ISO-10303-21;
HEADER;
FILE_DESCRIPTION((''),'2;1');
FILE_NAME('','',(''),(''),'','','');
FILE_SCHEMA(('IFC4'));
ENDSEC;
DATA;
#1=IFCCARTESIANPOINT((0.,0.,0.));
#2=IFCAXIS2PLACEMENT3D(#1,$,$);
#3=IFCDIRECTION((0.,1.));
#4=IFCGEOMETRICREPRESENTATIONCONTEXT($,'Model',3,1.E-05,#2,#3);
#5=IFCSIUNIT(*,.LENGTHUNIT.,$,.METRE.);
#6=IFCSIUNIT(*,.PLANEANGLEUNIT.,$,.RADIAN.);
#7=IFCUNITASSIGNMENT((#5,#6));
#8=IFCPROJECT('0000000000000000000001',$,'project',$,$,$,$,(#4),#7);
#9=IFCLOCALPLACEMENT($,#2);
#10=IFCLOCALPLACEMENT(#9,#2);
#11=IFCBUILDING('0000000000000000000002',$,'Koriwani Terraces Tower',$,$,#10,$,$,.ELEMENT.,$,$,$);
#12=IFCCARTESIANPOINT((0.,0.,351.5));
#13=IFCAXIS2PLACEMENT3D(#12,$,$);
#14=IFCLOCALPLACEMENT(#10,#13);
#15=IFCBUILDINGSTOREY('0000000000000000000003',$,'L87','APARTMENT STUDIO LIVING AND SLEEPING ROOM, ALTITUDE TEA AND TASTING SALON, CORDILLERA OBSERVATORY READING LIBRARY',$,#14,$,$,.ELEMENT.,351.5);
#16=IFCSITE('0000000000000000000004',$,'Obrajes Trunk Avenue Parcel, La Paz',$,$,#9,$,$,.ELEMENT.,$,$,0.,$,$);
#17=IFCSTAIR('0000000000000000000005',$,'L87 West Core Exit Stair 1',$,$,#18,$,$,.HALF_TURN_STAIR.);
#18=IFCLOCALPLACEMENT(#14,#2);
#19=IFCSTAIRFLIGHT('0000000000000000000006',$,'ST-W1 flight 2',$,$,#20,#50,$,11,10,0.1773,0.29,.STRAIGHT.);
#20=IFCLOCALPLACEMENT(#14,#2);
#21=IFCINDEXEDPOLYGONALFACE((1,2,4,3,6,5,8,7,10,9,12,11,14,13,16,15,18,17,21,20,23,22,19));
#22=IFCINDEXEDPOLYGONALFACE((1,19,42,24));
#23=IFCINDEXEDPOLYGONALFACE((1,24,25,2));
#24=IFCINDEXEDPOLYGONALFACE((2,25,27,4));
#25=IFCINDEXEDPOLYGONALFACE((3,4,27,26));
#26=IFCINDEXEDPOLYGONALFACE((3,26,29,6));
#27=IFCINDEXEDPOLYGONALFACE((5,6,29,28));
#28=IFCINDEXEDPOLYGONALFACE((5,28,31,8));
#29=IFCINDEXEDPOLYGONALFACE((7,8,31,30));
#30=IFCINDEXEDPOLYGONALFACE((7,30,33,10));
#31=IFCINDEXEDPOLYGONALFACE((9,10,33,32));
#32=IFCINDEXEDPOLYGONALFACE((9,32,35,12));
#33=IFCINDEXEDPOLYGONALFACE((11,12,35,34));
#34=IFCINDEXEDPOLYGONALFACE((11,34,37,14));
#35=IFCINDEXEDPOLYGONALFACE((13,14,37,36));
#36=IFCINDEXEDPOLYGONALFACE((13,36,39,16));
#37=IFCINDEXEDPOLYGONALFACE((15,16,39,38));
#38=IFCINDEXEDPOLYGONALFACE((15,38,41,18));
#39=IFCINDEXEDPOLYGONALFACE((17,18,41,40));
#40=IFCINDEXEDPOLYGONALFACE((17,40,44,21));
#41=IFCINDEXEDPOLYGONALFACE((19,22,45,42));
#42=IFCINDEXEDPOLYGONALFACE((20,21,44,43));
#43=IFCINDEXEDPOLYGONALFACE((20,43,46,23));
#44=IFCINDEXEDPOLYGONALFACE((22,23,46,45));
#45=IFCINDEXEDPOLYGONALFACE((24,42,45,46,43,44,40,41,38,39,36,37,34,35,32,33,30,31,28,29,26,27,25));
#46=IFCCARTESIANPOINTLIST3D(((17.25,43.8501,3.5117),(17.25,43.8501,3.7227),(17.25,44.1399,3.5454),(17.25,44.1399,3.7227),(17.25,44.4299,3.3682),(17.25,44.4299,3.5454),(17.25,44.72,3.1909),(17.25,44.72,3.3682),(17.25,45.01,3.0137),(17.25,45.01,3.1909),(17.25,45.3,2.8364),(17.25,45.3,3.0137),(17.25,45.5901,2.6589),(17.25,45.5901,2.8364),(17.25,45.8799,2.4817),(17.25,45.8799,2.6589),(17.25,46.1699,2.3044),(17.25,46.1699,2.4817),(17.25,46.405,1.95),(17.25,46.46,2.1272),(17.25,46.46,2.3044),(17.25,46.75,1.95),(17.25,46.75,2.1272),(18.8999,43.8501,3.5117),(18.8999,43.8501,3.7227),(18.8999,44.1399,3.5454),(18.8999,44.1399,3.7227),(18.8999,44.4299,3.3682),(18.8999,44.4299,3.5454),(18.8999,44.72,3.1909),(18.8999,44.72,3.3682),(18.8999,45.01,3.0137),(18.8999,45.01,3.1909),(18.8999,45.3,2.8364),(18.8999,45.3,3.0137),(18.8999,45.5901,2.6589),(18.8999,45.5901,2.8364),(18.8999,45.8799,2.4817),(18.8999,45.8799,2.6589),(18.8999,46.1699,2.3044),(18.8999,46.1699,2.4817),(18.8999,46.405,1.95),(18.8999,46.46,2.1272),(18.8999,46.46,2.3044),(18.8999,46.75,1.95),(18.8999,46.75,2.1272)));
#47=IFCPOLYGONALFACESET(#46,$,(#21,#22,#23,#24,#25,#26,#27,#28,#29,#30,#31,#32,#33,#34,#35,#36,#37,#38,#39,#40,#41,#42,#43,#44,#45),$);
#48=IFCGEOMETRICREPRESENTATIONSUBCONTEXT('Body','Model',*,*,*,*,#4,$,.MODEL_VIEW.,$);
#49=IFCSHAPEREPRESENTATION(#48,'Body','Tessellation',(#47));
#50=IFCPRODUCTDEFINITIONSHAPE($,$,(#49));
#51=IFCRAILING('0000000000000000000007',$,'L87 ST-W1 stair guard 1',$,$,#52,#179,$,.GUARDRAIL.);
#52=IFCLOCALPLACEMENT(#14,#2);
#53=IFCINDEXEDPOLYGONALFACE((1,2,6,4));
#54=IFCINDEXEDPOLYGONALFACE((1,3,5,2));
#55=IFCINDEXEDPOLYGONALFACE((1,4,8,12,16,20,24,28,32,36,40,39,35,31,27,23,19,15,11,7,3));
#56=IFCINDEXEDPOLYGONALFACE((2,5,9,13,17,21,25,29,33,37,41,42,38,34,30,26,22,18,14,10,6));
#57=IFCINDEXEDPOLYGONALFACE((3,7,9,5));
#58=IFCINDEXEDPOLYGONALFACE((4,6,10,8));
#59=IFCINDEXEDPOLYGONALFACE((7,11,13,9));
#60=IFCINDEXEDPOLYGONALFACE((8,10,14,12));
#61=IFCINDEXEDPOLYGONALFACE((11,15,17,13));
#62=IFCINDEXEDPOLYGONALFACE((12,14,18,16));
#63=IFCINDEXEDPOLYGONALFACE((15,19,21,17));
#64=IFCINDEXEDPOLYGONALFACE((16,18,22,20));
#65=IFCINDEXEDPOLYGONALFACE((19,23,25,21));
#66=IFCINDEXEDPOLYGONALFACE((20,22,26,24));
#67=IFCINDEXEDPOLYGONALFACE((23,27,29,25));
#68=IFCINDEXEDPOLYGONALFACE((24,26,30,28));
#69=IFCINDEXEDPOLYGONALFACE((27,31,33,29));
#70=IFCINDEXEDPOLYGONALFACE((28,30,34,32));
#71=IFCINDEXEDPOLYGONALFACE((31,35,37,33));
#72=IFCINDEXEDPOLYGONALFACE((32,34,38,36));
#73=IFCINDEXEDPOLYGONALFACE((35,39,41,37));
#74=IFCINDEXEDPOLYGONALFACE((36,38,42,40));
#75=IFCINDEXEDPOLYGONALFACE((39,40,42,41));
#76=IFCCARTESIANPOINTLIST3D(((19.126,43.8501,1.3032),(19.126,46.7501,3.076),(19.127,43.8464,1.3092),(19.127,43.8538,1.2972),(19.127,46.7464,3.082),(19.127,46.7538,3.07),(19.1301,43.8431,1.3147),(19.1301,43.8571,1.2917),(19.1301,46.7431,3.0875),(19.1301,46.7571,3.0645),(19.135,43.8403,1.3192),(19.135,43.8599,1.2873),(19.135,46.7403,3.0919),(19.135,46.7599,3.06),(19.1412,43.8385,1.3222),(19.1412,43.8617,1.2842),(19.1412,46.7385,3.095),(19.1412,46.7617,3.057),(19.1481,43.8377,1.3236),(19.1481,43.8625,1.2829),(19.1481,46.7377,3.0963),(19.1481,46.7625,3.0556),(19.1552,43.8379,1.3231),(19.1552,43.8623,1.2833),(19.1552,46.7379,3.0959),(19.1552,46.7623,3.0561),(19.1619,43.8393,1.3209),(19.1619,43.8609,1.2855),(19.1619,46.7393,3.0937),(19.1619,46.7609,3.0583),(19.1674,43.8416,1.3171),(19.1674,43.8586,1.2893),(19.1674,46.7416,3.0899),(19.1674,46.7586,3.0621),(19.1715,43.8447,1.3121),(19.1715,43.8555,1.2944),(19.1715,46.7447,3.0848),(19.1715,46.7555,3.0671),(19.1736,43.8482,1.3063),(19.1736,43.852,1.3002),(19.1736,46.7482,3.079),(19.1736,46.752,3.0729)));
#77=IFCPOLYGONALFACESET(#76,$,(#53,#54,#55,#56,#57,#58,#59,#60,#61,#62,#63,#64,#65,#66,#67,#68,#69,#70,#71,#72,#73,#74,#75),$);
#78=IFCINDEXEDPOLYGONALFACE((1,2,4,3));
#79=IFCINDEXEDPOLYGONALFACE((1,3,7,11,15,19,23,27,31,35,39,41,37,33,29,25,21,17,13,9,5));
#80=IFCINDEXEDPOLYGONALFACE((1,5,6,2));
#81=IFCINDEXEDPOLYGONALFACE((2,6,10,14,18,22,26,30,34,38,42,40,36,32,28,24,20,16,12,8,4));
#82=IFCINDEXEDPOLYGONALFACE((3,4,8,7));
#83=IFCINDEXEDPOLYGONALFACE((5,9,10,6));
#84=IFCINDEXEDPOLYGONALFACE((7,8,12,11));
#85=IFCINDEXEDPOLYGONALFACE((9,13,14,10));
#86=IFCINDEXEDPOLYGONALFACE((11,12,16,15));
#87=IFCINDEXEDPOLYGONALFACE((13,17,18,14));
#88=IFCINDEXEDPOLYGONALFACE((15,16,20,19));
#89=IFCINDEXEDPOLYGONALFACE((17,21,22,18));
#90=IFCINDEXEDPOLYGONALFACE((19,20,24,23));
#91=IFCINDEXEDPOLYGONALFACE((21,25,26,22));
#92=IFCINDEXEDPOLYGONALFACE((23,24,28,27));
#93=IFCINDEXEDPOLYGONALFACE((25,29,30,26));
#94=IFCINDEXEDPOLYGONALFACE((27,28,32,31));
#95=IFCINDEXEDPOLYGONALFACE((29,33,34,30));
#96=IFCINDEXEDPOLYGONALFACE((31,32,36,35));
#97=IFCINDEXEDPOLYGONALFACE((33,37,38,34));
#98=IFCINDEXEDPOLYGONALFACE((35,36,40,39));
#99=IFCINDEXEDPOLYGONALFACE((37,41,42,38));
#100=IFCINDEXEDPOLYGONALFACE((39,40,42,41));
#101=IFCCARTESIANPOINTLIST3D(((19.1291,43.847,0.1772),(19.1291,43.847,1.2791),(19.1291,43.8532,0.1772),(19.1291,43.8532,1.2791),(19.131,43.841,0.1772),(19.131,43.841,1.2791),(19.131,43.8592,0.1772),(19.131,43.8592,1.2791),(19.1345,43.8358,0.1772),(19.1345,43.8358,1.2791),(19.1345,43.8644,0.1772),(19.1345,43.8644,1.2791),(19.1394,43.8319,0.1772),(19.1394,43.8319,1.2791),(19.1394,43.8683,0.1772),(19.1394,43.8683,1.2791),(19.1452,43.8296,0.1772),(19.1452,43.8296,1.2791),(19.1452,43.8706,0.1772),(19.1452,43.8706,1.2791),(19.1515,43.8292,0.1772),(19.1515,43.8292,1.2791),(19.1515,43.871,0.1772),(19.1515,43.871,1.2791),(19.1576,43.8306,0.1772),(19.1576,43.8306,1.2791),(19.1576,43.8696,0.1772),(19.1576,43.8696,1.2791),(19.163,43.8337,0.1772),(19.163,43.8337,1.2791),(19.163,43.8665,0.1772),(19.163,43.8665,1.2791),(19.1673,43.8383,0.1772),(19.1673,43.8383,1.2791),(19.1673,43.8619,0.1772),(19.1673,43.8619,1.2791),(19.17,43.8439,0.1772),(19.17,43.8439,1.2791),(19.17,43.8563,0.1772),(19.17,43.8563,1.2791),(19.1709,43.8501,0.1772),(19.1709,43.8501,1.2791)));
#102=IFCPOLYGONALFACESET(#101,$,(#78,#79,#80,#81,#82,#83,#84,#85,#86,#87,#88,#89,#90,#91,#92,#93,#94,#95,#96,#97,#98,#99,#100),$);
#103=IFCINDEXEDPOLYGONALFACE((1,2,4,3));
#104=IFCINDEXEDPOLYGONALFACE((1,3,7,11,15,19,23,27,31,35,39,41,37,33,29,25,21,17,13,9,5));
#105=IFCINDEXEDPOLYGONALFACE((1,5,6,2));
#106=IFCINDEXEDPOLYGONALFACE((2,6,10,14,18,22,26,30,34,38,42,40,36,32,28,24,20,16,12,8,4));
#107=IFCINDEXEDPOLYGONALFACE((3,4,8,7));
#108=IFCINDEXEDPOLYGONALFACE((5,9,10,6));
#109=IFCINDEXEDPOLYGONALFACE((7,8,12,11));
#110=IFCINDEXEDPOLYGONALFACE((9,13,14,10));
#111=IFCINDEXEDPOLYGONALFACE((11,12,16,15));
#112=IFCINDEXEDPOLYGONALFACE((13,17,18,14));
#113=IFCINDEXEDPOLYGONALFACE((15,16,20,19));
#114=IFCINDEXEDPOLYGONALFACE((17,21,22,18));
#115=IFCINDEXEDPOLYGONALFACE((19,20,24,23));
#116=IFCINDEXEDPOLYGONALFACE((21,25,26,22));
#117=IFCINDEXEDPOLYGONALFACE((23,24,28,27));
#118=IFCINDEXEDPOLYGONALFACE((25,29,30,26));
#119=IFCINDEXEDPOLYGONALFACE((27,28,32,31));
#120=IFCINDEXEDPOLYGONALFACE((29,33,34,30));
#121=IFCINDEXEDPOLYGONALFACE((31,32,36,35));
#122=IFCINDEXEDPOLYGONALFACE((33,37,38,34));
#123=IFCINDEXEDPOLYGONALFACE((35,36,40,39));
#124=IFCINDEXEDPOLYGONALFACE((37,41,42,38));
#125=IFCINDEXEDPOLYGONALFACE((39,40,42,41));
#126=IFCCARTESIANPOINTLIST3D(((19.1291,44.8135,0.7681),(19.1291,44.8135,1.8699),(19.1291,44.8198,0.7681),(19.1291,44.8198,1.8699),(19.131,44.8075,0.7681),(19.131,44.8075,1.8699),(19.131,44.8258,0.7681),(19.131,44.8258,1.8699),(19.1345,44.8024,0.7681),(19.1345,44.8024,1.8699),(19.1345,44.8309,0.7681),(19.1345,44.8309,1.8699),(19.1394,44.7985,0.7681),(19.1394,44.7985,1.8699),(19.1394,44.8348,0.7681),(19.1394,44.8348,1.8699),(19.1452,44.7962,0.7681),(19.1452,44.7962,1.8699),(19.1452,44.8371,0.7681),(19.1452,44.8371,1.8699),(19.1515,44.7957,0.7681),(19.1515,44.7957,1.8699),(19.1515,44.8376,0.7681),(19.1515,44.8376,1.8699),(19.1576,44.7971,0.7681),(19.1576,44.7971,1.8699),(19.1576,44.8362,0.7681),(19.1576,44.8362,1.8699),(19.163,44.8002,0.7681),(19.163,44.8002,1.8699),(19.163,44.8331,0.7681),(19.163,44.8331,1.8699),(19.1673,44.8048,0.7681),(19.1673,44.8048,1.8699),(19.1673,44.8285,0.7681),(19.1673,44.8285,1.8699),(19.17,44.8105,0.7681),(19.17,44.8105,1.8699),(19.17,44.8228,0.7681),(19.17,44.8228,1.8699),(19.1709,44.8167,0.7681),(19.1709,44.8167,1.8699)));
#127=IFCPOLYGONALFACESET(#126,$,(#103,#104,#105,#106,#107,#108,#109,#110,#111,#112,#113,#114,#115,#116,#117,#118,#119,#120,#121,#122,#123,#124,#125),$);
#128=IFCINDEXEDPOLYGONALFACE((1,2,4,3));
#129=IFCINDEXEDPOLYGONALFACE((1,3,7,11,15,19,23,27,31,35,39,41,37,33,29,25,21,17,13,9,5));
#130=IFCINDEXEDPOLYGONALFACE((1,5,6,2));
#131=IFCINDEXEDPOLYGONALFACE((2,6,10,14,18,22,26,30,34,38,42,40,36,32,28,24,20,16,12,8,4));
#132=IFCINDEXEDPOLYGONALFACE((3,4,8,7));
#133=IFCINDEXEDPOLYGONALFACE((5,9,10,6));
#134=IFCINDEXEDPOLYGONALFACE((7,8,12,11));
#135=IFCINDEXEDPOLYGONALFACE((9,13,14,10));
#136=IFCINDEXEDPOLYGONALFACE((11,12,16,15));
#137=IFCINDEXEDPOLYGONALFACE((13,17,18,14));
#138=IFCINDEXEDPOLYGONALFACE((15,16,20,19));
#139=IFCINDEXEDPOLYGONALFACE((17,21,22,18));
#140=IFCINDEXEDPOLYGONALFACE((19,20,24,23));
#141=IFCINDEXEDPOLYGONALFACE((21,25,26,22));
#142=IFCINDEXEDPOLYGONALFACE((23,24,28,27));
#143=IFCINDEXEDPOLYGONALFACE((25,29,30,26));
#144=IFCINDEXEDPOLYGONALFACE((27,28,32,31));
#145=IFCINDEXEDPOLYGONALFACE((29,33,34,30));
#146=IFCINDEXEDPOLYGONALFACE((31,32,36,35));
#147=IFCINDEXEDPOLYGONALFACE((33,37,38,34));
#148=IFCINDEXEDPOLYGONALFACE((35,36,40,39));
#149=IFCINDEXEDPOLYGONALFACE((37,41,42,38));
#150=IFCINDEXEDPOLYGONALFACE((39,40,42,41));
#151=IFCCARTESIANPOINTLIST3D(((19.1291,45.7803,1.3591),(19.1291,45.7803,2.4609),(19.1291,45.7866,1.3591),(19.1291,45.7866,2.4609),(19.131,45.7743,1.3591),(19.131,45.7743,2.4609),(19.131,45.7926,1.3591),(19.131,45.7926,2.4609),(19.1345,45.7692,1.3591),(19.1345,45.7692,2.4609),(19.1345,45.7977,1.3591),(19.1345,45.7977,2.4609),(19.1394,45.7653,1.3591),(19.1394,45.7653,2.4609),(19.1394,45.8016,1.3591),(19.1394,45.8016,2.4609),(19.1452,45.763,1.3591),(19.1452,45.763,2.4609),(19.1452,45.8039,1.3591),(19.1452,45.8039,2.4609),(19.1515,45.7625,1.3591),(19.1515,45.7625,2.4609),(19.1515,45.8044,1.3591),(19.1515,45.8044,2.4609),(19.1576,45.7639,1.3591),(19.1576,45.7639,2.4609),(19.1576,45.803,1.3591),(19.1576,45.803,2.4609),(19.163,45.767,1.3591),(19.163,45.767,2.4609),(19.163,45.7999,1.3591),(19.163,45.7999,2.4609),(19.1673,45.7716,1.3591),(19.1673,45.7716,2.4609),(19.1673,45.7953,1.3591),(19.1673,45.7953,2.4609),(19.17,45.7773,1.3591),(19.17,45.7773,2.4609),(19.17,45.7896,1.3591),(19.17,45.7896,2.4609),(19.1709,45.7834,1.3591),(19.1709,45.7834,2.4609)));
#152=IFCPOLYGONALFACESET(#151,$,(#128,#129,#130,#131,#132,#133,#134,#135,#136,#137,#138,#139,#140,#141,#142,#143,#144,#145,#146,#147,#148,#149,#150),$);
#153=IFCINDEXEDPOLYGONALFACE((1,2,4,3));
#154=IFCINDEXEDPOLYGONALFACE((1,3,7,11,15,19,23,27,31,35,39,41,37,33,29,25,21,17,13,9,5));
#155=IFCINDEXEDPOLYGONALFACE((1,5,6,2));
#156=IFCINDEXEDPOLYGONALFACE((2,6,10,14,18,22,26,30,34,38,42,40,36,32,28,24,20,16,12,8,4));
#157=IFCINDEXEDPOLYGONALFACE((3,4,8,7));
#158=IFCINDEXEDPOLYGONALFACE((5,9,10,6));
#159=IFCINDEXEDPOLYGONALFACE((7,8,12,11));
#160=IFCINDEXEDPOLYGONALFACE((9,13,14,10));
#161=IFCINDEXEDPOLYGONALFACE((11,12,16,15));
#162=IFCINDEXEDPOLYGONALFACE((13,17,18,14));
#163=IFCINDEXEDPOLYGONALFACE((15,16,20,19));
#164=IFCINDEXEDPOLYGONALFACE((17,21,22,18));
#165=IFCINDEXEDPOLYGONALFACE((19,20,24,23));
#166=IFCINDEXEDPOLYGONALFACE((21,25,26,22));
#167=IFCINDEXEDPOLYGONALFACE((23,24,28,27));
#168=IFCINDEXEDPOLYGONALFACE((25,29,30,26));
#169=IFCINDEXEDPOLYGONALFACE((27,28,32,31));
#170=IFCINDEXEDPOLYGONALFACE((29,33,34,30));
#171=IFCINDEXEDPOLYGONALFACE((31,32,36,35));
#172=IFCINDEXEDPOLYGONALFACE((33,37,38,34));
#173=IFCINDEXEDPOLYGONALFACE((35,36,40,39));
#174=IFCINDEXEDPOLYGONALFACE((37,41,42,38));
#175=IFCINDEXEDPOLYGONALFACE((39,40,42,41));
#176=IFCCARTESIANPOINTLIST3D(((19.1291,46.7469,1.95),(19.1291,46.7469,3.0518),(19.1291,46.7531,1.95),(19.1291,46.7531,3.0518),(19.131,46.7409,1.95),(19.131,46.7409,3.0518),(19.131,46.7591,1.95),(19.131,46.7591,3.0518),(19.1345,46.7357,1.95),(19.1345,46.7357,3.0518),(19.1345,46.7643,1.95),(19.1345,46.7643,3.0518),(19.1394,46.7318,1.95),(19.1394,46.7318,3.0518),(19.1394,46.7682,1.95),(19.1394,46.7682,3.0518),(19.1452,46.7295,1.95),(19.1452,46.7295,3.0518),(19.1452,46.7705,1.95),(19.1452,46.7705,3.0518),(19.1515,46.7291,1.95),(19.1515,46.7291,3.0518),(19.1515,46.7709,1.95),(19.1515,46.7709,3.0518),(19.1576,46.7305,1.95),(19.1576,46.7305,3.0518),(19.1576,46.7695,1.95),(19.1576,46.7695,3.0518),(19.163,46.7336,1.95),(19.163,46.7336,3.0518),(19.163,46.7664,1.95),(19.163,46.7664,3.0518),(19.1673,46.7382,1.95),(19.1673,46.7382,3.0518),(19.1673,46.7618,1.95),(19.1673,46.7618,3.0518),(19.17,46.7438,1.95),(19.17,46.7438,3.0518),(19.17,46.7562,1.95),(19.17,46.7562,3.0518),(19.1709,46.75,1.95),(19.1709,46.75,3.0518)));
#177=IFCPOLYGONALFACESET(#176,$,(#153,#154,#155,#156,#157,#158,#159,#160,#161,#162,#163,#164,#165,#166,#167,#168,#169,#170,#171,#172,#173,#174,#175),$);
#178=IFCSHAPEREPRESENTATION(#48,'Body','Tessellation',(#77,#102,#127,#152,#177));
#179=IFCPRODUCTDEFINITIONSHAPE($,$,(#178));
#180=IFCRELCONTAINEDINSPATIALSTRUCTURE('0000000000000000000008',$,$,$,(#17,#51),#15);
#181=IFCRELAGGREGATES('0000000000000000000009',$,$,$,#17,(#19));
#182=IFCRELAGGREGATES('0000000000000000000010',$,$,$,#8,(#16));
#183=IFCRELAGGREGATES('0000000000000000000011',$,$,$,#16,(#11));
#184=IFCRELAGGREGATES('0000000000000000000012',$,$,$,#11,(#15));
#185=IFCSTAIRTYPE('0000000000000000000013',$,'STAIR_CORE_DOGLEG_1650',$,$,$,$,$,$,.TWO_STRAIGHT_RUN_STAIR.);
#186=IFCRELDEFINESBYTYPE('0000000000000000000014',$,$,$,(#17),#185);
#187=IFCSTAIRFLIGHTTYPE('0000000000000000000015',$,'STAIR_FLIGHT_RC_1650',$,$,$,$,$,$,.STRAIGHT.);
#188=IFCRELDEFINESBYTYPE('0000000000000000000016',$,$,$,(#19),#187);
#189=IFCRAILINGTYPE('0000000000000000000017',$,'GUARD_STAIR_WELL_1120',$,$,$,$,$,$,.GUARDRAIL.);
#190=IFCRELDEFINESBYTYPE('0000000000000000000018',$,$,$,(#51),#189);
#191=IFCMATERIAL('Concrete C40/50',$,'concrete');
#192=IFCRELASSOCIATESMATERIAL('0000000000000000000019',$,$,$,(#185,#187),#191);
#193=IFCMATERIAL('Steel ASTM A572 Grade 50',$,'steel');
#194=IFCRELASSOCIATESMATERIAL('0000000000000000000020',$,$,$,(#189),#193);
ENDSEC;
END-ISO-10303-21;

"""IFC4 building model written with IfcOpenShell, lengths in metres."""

from ifc_helpers import new_model, si_unit, direction, frame, origin, origin_2d, place, context, subcontext, project, spatial, polyline, circle, outline, extrude, material, type_object, element, aggregate, save


model = new_model("IFC4")

# Units and contexts
model_context = context("Model", 3, precision=1e-05, world=origin(), true_north=direction((0.0, 1.0)))
body_context = subcontext(model_context, "Body", "Model", "MODEL_VIEW")
ifc_project = project(units=[si_unit("LENGTHUNIT", "METRE"), si_unit("PLANEANGLEUNIT", "RADIAN")], contexts=[model_context])

# Site, building, storey
site_placement = place(None, origin())
site = spatial("IfcSite", under=ifc_project, at=site_placement, Name="Obrajes Trunk Avenue Parcel, La Paz", CompositionType="ELEMENT", RefElevation=0.0)
building_placement = place(site_placement, origin())
building = spatial("IfcBuilding", under=site, at=building_placement, Name="Koriwani Terraces Tower", CompositionType="ELEMENT")
storey_placement = place(building_placement, frame((0.0, 0.0, 351.5)))
storey = spatial("IfcBuildingStorey", under=building, at=storey_placement, Name="L87", Description="APARTMENT STUDIO LIVING AND SLEEPING ROOM, ALTITUDE TEA AND TASTING SALON, CORDILLERA OBSERVATORY READING LIBRARY", CompositionType="ELEMENT", Elevation=351.5)

# Shared definitions
ifc_material_1 = material(Name="Concrete C40/50", Category="concrete")
ifc_material_2 = material(Name="Steel ASTM A572 Grade 50", Category="steel")

# Stair, stair flight
stair_type = type_object("IfcStairType", Name="STAIR_CORE_DOGLEG_1650", PredefinedType="TWO_STRAIGHT_RUN_STAIR", material=ifc_material_1)
stair_placement = place(storey_placement, origin())
stair = element("IfcStair", 1, at=stair_placement, inside=storey, type_object=stair_type, Name="L87 West Core Exit Stair 1", PredefinedType="HALF_TURN_STAIR")
stair_flight_type = type_object("IfcStairFlightType", Name="STAIR_FLIGHT_RC_1650", PredefinedType="STRAIGHT", material=ifc_material_1)
stair_flight_1_placement = place(storey_placement, frame((18.075, 46.75, 1.95), z_axis=(0.0, 0.0, 1.0), x_axis=(0.0, -1.0, 0.0)))
stair_flight_1 = element("IfcStairFlight", 2, at=stair_flight_1_placement, type_object=stair_flight_type, Name="ST-W1 flight 2", NumberOfRisers=11, NumberOfTreads=10, PredefinedType="STRAIGHT", RiserHeight=0.1773, TreadLength=0.29, context=body_context, shape_type="SweptSolid", body=[
    extrude(outline(polyline([(0.0, 0.0), (0.0, 0.1772), (0.29, 0.1772), (0.29, 0.3545), (0.5801, 0.3545), (0.5801, 0.5317), (0.8701, 0.5317), (0.8701, 0.709), (1.1599, 0.709), (1.1599, 0.8865), (1.45, 0.8865), (1.45, 1.0637), (1.74, 1.0637), (1.74, 1.241), (2.03, 1.241), (2.03, 1.4182), (2.3201, 1.4182), (2.3201, 1.5955), (2.6101, 1.5955), (2.6101, 1.7727), (2.8999, 1.7727), (2.8999, 1.95), (2.8999, 1.5618), (0.345, 0.0), (0.0, 0.0)])), frame((0.0, 0.825, 0.0), z_axis=(0.0, -1.0, 0.0), x_axis=(1.0, 0.0, 0.0)), (0.0, 0.0, 1.0), 1.6499),
])
aggregate(stair, [stair_flight_1])

# Railing
railing_type_1 = type_object("IfcRailingType", Name="GUARD_STAIR_WELL_1120", PredefinedType="GUARDRAIL", material=ifc_material_2)
railing_1_placement = place(storey_placement, frame((19.1499, 43.8501, 0.1772)))
element("IfcRailing", 3, at=railing_1_placement, inside=storey, type_object=railing_type_1, Name="L87 ST-W1 stair guard 1", PredefinedType="GUARDRAIL", context=body_context, shape_type="SweptSolid", body=[
    extrude(circle(Radius=0.0239, at=origin_2d()), frame((0.0, 0.0, 1.126), z_axis=(0.0, 0.853211, 0.521566), x_axis=(-1.0, 0.0, 0.0)), (0.0, 0.0, 1.0), 3.3989),
    extrude(circle(Radius=0.021, at=origin_2d()), origin(), (0.0, 0.0, 1.0), 1.1018),
    extrude(circle(Radius=0.021, at=origin_2d()), frame((0.0, 0.9666, 0.5908)), (0.0, 0.0, 1.0), 1.1018),
    extrude(circle(Radius=0.021, at=origin_2d()), frame((0.0, 1.9333, 1.1819)), (0.0, 0.0, 1.0), 1.1018),
    extrude(circle(Radius=0.021, at=origin_2d()), frame((0.0, 2.8999, 1.7727)), (0.0, 0.0, 1.0), 1.1018),
])

save(model, "model.ifc")
